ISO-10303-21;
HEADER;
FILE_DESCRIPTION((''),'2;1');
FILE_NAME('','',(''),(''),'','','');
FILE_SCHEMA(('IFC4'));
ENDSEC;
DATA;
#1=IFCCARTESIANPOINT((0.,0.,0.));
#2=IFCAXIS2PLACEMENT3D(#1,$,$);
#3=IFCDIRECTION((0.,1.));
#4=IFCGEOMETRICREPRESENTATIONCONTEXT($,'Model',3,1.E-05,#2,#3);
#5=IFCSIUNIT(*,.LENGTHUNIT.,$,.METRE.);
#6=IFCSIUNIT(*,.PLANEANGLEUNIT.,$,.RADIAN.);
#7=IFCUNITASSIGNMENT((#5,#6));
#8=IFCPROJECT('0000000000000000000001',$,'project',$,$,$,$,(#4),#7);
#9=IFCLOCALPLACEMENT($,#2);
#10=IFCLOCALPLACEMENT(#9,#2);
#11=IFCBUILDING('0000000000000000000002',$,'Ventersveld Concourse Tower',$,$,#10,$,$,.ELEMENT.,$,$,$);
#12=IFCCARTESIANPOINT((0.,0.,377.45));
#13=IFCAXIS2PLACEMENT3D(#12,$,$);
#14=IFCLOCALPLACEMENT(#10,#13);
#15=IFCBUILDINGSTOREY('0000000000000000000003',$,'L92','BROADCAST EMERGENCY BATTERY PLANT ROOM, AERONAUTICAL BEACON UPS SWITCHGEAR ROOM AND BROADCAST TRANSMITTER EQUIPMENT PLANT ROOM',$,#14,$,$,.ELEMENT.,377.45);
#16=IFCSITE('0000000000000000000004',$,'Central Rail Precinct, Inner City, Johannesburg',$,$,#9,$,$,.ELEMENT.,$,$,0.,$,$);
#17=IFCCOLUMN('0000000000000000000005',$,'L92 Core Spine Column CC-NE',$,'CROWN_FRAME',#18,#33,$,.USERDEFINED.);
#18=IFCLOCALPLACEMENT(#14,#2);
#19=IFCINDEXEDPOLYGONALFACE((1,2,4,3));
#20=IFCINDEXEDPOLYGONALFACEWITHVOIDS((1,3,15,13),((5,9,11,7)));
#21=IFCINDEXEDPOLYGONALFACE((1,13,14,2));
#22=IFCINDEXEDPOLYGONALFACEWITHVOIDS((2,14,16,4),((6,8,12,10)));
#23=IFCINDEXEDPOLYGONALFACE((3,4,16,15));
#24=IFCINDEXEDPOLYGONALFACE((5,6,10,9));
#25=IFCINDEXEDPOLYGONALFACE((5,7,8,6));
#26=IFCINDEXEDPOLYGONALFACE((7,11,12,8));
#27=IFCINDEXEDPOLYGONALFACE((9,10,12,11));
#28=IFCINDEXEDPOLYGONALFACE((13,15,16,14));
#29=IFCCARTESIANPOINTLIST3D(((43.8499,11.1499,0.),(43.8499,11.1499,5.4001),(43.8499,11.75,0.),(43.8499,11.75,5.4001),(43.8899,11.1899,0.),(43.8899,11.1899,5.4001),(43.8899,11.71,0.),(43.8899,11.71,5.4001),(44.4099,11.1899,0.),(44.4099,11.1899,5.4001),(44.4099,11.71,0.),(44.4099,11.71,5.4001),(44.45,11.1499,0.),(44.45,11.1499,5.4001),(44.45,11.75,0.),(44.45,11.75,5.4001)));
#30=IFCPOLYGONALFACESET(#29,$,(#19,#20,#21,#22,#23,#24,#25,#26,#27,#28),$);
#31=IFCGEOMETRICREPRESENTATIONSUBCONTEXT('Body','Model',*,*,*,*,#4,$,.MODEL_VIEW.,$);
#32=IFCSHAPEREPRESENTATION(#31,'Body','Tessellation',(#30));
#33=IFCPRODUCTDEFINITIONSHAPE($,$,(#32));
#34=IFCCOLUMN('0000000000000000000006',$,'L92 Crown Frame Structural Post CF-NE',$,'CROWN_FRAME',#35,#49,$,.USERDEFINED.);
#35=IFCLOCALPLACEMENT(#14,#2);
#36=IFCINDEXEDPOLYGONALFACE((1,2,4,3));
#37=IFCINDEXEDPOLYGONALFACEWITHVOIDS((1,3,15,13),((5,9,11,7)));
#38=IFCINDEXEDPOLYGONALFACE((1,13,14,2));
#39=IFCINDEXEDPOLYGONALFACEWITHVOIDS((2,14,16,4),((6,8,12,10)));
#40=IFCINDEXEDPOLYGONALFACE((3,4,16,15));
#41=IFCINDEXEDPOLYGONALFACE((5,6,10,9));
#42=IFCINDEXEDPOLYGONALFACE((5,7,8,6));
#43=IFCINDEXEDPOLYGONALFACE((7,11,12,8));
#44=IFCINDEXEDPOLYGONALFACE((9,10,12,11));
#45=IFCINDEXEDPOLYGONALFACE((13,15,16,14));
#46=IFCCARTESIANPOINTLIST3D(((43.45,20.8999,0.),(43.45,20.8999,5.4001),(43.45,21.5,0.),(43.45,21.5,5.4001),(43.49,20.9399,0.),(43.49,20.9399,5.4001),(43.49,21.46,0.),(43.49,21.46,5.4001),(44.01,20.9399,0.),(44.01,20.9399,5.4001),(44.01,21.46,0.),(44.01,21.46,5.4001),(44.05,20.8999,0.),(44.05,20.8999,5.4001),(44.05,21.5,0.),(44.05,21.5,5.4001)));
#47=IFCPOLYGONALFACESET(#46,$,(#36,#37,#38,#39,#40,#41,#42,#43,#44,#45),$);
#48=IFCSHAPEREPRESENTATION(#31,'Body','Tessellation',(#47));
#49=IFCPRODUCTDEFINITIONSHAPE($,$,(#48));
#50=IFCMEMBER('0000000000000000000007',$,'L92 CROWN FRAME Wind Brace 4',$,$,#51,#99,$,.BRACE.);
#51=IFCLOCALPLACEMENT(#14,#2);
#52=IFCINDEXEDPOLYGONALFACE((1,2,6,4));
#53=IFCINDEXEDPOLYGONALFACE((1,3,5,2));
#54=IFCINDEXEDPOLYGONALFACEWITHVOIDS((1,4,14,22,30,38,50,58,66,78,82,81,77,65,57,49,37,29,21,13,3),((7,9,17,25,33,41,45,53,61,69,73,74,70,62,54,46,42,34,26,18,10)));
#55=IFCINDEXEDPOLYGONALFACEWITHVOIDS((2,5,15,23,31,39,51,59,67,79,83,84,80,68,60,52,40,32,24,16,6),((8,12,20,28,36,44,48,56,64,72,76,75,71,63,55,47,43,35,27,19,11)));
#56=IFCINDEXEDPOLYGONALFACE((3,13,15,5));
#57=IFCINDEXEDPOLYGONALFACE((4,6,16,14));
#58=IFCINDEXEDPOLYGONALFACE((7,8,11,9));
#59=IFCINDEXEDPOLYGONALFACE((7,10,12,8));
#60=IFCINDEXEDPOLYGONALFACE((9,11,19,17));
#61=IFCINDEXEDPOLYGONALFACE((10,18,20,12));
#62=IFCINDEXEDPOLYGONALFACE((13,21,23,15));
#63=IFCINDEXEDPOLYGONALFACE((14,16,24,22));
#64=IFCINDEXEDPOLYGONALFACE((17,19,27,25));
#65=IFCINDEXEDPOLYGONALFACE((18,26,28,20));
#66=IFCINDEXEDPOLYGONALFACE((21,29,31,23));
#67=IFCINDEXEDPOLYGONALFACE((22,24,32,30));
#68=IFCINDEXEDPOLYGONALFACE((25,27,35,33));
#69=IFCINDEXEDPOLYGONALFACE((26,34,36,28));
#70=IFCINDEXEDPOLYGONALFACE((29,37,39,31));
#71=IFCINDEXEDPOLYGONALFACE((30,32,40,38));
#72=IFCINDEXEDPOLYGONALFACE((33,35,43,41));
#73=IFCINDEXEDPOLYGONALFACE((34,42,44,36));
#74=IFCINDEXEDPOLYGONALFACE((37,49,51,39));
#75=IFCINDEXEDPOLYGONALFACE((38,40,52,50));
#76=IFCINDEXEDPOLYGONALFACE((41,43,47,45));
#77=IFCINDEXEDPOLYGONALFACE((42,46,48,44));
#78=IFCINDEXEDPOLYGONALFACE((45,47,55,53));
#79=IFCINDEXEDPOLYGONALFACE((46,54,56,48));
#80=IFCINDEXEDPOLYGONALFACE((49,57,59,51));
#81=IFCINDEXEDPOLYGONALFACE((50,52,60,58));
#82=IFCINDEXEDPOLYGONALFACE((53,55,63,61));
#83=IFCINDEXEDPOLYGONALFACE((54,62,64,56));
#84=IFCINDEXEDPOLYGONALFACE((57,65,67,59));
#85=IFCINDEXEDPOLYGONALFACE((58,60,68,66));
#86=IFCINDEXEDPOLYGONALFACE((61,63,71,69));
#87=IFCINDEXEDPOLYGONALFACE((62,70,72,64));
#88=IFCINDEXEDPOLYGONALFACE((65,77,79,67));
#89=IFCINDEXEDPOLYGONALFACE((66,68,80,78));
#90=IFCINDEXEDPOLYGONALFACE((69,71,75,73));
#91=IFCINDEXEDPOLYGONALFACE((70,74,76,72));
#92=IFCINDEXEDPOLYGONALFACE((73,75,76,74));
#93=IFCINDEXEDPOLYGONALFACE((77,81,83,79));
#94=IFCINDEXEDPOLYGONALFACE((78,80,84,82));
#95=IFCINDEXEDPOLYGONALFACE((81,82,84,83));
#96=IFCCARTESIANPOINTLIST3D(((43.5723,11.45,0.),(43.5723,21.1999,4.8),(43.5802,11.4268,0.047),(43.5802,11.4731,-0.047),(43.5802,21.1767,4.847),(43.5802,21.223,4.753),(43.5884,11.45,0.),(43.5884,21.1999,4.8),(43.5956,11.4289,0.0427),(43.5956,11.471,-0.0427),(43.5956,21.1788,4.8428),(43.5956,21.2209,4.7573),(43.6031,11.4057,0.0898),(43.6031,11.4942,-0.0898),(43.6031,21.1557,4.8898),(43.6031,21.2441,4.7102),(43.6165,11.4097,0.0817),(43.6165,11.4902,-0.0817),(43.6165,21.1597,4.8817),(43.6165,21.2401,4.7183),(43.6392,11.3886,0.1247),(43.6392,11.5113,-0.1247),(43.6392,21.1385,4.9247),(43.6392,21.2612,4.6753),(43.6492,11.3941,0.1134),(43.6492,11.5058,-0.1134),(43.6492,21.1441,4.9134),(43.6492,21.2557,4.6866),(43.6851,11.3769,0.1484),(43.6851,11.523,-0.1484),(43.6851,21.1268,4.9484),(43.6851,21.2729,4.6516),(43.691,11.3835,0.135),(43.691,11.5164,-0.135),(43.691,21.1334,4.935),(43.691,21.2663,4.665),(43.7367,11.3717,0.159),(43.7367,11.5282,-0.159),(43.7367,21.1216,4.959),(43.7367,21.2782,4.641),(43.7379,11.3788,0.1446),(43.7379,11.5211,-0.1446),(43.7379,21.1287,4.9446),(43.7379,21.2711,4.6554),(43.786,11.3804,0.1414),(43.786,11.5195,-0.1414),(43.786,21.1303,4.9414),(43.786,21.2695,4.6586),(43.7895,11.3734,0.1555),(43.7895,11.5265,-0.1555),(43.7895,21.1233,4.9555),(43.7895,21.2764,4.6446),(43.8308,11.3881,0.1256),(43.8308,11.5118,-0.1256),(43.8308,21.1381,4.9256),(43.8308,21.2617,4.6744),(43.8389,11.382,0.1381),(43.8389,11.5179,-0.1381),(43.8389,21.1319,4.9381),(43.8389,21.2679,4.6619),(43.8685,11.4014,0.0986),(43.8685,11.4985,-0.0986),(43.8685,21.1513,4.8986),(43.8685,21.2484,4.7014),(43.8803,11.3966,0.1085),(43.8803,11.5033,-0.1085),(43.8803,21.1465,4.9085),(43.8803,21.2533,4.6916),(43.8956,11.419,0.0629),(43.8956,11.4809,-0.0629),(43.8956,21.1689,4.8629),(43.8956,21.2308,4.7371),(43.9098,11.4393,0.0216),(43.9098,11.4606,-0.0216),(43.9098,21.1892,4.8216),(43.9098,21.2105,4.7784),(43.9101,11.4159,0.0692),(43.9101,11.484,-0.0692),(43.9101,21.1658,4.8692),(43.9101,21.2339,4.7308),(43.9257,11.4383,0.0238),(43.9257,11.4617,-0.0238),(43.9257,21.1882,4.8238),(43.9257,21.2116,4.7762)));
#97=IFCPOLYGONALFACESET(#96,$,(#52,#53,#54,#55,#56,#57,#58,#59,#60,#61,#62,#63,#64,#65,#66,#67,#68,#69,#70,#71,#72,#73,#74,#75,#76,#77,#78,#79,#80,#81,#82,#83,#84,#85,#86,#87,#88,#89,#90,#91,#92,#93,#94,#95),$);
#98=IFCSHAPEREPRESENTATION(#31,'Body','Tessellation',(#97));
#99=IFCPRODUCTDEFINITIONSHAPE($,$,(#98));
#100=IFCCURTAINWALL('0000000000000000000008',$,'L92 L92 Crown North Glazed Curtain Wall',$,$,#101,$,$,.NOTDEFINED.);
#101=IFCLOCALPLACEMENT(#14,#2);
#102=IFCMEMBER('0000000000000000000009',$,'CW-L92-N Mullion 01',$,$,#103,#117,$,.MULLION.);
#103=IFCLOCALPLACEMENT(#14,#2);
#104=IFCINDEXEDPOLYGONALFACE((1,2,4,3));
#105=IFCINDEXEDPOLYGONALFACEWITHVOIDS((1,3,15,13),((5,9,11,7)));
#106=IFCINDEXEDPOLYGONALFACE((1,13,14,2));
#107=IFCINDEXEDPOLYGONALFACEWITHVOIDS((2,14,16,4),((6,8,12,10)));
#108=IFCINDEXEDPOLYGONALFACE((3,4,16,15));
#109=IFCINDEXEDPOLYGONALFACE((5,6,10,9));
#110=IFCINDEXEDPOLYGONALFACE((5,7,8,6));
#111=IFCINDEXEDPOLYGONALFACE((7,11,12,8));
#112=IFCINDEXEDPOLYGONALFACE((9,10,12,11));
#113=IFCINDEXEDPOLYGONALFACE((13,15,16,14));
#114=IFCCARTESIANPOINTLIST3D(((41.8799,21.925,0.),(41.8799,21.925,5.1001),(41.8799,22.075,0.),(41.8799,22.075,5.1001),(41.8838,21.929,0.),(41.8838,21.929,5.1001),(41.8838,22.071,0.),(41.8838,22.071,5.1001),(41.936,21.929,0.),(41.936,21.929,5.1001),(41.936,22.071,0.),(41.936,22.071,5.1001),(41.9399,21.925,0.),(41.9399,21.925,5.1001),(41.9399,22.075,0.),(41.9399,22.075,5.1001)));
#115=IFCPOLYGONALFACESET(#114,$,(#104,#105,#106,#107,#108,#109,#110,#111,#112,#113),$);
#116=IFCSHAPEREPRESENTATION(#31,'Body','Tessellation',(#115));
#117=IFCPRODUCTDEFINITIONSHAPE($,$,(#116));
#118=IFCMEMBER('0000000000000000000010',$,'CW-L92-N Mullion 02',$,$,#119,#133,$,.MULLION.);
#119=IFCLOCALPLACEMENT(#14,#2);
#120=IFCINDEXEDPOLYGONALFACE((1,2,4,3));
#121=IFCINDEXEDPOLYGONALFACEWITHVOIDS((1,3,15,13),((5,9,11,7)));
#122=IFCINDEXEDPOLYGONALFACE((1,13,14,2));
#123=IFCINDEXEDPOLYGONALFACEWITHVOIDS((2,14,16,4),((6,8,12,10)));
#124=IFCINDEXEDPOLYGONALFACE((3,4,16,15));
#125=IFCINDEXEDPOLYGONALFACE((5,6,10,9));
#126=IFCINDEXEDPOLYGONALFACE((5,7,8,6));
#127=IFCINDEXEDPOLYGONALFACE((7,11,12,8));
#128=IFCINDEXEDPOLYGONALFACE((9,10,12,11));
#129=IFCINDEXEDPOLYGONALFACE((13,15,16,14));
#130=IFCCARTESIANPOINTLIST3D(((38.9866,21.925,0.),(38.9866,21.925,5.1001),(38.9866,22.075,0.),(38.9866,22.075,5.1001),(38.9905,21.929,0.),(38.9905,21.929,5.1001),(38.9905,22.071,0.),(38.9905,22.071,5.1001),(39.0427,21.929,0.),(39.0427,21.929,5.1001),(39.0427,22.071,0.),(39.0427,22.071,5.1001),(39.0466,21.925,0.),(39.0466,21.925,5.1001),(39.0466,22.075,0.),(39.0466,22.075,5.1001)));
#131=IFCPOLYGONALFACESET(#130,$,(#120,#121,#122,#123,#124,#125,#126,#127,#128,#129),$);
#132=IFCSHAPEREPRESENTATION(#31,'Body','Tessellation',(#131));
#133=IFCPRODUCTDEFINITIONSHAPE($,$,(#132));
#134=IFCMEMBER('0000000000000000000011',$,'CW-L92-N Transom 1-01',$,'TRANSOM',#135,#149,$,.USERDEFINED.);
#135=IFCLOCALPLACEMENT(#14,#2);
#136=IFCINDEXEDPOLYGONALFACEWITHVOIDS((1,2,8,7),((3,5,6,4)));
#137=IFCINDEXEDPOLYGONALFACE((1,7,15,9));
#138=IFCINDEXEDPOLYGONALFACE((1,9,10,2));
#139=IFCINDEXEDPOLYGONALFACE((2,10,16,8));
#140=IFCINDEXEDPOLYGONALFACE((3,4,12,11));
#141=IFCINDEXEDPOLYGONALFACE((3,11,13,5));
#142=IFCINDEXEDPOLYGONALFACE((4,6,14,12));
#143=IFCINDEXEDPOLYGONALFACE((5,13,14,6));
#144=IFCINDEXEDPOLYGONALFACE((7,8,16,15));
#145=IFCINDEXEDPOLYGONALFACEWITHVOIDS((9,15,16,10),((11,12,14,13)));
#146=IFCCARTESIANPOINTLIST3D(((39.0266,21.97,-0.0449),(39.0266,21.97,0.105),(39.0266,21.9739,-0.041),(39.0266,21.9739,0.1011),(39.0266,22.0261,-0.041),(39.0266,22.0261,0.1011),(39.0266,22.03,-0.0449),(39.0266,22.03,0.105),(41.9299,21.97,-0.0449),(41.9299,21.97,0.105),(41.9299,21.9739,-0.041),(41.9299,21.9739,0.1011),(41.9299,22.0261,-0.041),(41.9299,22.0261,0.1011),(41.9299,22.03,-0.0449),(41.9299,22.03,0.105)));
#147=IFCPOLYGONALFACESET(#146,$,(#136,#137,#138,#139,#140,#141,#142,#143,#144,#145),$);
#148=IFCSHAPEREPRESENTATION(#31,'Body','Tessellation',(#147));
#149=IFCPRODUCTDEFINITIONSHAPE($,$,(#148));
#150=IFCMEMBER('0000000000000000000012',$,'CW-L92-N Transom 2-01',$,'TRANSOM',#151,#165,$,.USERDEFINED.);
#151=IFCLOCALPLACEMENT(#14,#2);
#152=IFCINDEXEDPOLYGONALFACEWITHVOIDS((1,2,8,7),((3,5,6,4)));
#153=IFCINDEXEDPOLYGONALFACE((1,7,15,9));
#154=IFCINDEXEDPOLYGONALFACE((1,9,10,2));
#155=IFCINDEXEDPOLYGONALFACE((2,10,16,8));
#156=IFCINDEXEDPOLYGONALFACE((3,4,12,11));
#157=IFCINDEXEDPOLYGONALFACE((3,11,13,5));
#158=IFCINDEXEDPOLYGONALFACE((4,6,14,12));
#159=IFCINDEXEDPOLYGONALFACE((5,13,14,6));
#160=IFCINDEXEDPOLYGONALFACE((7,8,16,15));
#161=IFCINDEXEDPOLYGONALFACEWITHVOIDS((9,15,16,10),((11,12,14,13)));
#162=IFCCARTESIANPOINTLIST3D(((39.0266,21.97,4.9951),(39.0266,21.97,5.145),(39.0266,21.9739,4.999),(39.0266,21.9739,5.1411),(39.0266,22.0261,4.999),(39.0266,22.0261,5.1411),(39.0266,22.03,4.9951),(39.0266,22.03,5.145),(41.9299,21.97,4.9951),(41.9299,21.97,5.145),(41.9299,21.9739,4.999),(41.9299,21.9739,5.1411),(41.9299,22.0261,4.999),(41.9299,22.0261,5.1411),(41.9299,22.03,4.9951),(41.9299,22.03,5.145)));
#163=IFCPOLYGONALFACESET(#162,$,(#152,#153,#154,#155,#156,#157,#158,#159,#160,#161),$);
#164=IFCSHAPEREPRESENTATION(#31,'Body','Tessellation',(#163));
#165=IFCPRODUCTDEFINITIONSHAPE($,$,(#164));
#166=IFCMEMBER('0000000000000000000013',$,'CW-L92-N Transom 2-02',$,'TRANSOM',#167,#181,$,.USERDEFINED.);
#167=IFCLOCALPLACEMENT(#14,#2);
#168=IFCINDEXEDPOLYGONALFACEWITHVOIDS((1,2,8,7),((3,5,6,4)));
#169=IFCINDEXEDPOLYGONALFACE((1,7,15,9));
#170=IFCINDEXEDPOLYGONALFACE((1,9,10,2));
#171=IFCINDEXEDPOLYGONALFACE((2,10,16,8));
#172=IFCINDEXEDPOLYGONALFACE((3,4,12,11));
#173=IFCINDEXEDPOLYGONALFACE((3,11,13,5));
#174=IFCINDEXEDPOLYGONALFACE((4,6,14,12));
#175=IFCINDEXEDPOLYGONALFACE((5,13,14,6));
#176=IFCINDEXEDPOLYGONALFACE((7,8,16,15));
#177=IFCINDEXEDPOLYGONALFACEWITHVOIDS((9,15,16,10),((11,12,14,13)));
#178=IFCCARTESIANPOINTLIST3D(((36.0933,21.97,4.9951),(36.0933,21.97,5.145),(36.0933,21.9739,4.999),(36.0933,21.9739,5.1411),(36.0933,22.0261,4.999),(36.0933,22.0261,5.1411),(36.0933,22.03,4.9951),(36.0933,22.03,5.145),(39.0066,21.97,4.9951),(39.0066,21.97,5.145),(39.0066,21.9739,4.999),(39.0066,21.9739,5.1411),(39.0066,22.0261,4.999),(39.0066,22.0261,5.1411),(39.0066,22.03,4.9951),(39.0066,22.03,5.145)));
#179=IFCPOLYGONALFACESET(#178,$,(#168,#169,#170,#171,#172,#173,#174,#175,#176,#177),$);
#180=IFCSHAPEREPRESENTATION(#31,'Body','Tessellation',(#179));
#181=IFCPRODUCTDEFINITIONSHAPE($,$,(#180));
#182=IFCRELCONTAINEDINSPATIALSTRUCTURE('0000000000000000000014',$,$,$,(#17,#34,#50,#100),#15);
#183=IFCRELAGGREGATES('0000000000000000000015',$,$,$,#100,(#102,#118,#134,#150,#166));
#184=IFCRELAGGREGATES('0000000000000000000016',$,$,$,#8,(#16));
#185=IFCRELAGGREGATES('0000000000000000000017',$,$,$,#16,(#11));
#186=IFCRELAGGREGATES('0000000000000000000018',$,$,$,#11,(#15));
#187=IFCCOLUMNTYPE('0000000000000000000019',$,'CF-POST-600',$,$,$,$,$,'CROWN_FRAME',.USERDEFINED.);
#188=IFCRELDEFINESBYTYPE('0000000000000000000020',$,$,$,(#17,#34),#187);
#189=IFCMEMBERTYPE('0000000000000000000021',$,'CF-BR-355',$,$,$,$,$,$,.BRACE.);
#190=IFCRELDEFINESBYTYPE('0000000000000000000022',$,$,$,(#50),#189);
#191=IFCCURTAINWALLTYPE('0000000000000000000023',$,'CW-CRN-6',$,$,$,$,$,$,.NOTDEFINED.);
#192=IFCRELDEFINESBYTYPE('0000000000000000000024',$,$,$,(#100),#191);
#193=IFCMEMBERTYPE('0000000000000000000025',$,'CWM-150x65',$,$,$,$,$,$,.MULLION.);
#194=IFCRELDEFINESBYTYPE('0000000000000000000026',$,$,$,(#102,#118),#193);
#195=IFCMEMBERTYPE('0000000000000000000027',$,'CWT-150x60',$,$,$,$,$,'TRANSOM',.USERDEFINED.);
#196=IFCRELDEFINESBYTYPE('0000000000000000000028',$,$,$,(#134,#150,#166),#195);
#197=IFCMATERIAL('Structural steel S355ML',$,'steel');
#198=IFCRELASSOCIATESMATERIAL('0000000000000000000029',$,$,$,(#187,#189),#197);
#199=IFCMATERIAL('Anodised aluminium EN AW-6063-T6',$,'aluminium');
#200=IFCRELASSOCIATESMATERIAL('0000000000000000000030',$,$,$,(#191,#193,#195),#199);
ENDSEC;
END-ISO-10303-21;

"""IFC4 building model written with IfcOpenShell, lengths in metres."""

from ifc_helpers import new_model, si_unit, direction, frame, origin, origin_2d, place, context, subcontext, project, spatial, hollow_rectangle, hollow_circle, extrude, material, material_profile, profile_set, type_object, element, aggregate, save


model = new_model("IFC4")

# Units and contexts
model_context = context("Model", 3, precision=1e-05, world=origin(), true_north=direction((0.0, 1.0)))
body_context = subcontext(model_context, "Body", "Model", "MODEL_VIEW")
ifc_project = project(units=[si_unit("LENGTHUNIT", "METRE"), si_unit("PLANEANGLEUNIT", "RADIAN")], contexts=[model_context])

# Site, building, storey
site_placement = place(None, origin())
site = spatial("IfcSite", under=ifc_project, at=site_placement, Name="Central Rail Precinct, Inner City, Johannesburg", CompositionType="ELEMENT", RefElevation=0.0)
building_placement = place(site_placement, origin())
building = spatial("IfcBuilding", under=site, at=building_placement, Name="Ventersveld Concourse Tower", CompositionType="ELEMENT")
storey_placement = place(building_placement, frame((0.0, 0.0, 377.45)))
storey = spatial("IfcBuildingStorey", under=building, at=storey_placement, Name="L92", Description="BROADCAST EMERGENCY BATTERY PLANT ROOM, AERONAUTICAL BEACON UPS SWITCHGEAR ROOM AND BROADCAST TRANSMITTER EQUIPMENT PLANT ROOM", CompositionType="ELEMENT", Elevation=377.45)

# Columns
ifc_material_1 = material(Name="Structural steel S355ML", Category="steel")
ifc_material_profile_1 = material_profile(ifc_material_1, hollow_rectangle(XDim=0.6001, YDim=0.6001, WallThickness=0.04, at=origin_2d()), Name="BOX 600x600x40")
ifc_profile_set_1 = profile_set([ifc_material_profile_1], Name="Structural steel S355ML")
column_type = type_object("IfcColumnType", Name="CF-POST-600", ElementType="CROWN_FRAME", PredefinedType="USERDEFINED", material=ifc_profile_set_1)
for number, where, z_axis, x_axis, name in (
    (1, (44.1499, 11.45, 0.0), (0.0, 0.0, 1.0), (1.0, 0.0, 0.0), "L92 Core Spine Column CC-NE"),
    (2, (43.75, 21.2, 0.0), (0.0, 0.0, 1.0), (1.0, 0.0, 0.0), "L92 Crown Frame Structural Post CF-NE"),
):
    element("IfcColumn", number, at=place(storey_placement, frame(where, z_axis=z_axis, x_axis=x_axis)), inside=storey, type_object=column_type, Name=name, ObjectType="CROWN_FRAME", PredefinedType="USERDEFINED", context=body_context, shape_type="SweptSolid", body=[
        extrude(hollow_rectangle(XDim=0.6001, YDim=0.6001, WallThickness=0.04, at=origin_2d()), origin(), (0.0, 0.0, 1.0), 5.4001),
    ])

# Member
ifc_material_profile_2 = material_profile(ifc_material_1, hollow_circle(Radius=0.1777, WallThickness=0.0161, at=origin_2d()), Name="CHS 355.6x16")
ifc_profile_set_2 = profile_set([ifc_material_profile_2], Name="Structural steel S355ML")
member_type_1 = type_object("IfcMemberType", Name="CF-BR-355", PredefinedType="BRACE", material=ifc_profile_set_2)
member_1_placement = place(storey_placement, frame((43.75, 11.45, 0.0), z_axis=(0.0, 0.897169, 0.441688), x_axis=(-1.0, 0.0, 0.0)))
element("IfcMember", 3, at=member_1_placement, inside=storey, type_object=member_type_1, Name="L92 CROWN FRAME Wind Brace 4", PredefinedType="BRACE", context=body_context, shape_type="SweptSolid", body=[
    extrude(hollow_circle(Radius=0.1777, WallThickness=0.0161, at=origin_2d()), origin(), (0.0, 0.0, 1.0), 10.8674),
])

# Curtain wall, members
ifc_material_2 = material(Name="Anodised aluminium EN AW-6063-T6", Category="aluminium")
curtain_wall_type = type_object("IfcCurtainWallType", Name="CW-CRN-6", PredefinedType="NOTDEFINED", material=ifc_material_2)
curtain_wall_placement = place(storey_placement, origin())
curtain_wall = element("IfcCurtainWall", 4, at=curtain_wall_placement, inside=storey, type_object=curtain_wall_type, Name="L92 L92 Crown North Glazed Curtain Wall", PredefinedType="NOTDEFINED")
ifc_material_profile_3 = material_profile(ifc_material_2, hollow_rectangle(XDim=0.0601, YDim=0.1499, WallThickness=0.0039, at=origin_2d()), Name="ALU 150x60x4")
ifc_profile_set_3 = profile_set([ifc_material_profile_3], Name="Anodised aluminium EN AW-6063-T6")
member_type_2 = type_object("IfcMemberType", Name="CWM-150x65", PredefinedType="MULLION", material=ifc_profile_set_3)
member_2_placement = place(storey_placement, frame((41.9099, 22.0, 0.0), z_axis=(0.0, 0.0, 1.0), x_axis=(1.0, 0.0, 0.0)))
member_2 = element("IfcMember", 5, at=member_2_placement, type_object=member_type_2, Name="CW-L92-N Mullion 01", PredefinedType="MULLION", context=body_context, shape_type="SweptSolid", body=[
    extrude(hollow_rectangle(XDim=0.0601, YDim=0.1499, WallThickness=0.0039, at=origin_2d()), origin(), (0.0, 0.0, 1.0), 5.1001),
])
member_3_placement = place(storey_placement, frame((39.0166, 22.0, 0.0), z_axis=(0.0, 0.0, 1.0), x_axis=(1.0, 0.0, 0.0)))
member_3 = element("IfcMember", 6, at=member_3_placement, type_object=member_type_2, Name="CW-L92-N Mullion 02", PredefinedType="MULLION", context=body_context, shape_type="SweptSolid", body=[
    extrude(hollow_rectangle(XDim=0.0601, YDim=0.1499, WallThickness=0.0039, at=origin_2d()), origin(), (0.0, 0.0, 1.0), 5.1001),
])
ifc_material_profile_4 = material_profile(ifc_material_2, hollow_rectangle(XDim=0.0601, YDim=0.1499, WallThickness=0.0039, at=origin_2d()), Name="ALU 150x60x4")
ifc_profile_set_4 = profile_set([ifc_material_profile_4], Name="Anodised aluminium EN AW-6063-T6")
member_type_3 = type_object("IfcMemberType", Name="CWT-150x60", ElementType="TRANSOM", PredefinedType="USERDEFINED", material=ifc_profile_set_4)
member_4_placement = place(storey_placement, frame((41.9299, 22.0, 0.03), z_axis=(-1.0, 0.0, 0.0), x_axis=(0.0, -1.0, 0.0)))
member_4 = element("IfcMember", 7, at=member_4_placement, type_object=member_type_3, Name="CW-L92-N Transom 1-01", ObjectType="TRANSOM", PredefinedType="USERDEFINED", context=body_context, shape_type="SweptSolid", body=[
    extrude(hollow_rectangle(XDim=0.0601, YDim=0.1499, WallThickness=0.0039, at=origin_2d()), origin(), (0.0, 0.0, 1.0), 2.9033),
])
member_5_placement = place(storey_placement, frame((41.9299, 22.0, 5.0701), z_axis=(-1.0, 0.0, 0.0), x_axis=(0.0, -1.0, 0.0)))
member_5 = element("IfcMember", 8, at=member_5_placement, type_object=member_type_3, Name="CW-L92-N Transom 2-01", ObjectType="TRANSOM", PredefinedType="USERDEFINED", context=body_context, shape_type="SweptSolid", body=[
    extrude(hollow_rectangle(XDim=0.0601, YDim=0.1499, WallThickness=0.0039, at=origin_2d()), origin(), (0.0, 0.0, 1.0), 2.9033),
])
member_6_placement = place(storey_placement, frame((39.0066, 22.0, 5.0701), z_axis=(-1.0, 0.0, 0.0), x_axis=(0.0, -1.0, 0.0)))
member_6 = element("IfcMember", 9, at=member_6_placement, type_object=member_type_3, Name="CW-L92-N Transom 2-02", ObjectType="TRANSOM", PredefinedType="USERDEFINED", context=body_context, shape_type="SweptSolid", body=[
    extrude(hollow_rectangle(XDim=0.0601, YDim=0.1499, WallThickness=0.0039, at=origin_2d()), origin(), (0.0, 0.0, 1.0), 2.9133),
])

aggregate(curtain_wall, [member_2, member_3, member_4, member_5, member_6])

save(model, "model.ifc")
